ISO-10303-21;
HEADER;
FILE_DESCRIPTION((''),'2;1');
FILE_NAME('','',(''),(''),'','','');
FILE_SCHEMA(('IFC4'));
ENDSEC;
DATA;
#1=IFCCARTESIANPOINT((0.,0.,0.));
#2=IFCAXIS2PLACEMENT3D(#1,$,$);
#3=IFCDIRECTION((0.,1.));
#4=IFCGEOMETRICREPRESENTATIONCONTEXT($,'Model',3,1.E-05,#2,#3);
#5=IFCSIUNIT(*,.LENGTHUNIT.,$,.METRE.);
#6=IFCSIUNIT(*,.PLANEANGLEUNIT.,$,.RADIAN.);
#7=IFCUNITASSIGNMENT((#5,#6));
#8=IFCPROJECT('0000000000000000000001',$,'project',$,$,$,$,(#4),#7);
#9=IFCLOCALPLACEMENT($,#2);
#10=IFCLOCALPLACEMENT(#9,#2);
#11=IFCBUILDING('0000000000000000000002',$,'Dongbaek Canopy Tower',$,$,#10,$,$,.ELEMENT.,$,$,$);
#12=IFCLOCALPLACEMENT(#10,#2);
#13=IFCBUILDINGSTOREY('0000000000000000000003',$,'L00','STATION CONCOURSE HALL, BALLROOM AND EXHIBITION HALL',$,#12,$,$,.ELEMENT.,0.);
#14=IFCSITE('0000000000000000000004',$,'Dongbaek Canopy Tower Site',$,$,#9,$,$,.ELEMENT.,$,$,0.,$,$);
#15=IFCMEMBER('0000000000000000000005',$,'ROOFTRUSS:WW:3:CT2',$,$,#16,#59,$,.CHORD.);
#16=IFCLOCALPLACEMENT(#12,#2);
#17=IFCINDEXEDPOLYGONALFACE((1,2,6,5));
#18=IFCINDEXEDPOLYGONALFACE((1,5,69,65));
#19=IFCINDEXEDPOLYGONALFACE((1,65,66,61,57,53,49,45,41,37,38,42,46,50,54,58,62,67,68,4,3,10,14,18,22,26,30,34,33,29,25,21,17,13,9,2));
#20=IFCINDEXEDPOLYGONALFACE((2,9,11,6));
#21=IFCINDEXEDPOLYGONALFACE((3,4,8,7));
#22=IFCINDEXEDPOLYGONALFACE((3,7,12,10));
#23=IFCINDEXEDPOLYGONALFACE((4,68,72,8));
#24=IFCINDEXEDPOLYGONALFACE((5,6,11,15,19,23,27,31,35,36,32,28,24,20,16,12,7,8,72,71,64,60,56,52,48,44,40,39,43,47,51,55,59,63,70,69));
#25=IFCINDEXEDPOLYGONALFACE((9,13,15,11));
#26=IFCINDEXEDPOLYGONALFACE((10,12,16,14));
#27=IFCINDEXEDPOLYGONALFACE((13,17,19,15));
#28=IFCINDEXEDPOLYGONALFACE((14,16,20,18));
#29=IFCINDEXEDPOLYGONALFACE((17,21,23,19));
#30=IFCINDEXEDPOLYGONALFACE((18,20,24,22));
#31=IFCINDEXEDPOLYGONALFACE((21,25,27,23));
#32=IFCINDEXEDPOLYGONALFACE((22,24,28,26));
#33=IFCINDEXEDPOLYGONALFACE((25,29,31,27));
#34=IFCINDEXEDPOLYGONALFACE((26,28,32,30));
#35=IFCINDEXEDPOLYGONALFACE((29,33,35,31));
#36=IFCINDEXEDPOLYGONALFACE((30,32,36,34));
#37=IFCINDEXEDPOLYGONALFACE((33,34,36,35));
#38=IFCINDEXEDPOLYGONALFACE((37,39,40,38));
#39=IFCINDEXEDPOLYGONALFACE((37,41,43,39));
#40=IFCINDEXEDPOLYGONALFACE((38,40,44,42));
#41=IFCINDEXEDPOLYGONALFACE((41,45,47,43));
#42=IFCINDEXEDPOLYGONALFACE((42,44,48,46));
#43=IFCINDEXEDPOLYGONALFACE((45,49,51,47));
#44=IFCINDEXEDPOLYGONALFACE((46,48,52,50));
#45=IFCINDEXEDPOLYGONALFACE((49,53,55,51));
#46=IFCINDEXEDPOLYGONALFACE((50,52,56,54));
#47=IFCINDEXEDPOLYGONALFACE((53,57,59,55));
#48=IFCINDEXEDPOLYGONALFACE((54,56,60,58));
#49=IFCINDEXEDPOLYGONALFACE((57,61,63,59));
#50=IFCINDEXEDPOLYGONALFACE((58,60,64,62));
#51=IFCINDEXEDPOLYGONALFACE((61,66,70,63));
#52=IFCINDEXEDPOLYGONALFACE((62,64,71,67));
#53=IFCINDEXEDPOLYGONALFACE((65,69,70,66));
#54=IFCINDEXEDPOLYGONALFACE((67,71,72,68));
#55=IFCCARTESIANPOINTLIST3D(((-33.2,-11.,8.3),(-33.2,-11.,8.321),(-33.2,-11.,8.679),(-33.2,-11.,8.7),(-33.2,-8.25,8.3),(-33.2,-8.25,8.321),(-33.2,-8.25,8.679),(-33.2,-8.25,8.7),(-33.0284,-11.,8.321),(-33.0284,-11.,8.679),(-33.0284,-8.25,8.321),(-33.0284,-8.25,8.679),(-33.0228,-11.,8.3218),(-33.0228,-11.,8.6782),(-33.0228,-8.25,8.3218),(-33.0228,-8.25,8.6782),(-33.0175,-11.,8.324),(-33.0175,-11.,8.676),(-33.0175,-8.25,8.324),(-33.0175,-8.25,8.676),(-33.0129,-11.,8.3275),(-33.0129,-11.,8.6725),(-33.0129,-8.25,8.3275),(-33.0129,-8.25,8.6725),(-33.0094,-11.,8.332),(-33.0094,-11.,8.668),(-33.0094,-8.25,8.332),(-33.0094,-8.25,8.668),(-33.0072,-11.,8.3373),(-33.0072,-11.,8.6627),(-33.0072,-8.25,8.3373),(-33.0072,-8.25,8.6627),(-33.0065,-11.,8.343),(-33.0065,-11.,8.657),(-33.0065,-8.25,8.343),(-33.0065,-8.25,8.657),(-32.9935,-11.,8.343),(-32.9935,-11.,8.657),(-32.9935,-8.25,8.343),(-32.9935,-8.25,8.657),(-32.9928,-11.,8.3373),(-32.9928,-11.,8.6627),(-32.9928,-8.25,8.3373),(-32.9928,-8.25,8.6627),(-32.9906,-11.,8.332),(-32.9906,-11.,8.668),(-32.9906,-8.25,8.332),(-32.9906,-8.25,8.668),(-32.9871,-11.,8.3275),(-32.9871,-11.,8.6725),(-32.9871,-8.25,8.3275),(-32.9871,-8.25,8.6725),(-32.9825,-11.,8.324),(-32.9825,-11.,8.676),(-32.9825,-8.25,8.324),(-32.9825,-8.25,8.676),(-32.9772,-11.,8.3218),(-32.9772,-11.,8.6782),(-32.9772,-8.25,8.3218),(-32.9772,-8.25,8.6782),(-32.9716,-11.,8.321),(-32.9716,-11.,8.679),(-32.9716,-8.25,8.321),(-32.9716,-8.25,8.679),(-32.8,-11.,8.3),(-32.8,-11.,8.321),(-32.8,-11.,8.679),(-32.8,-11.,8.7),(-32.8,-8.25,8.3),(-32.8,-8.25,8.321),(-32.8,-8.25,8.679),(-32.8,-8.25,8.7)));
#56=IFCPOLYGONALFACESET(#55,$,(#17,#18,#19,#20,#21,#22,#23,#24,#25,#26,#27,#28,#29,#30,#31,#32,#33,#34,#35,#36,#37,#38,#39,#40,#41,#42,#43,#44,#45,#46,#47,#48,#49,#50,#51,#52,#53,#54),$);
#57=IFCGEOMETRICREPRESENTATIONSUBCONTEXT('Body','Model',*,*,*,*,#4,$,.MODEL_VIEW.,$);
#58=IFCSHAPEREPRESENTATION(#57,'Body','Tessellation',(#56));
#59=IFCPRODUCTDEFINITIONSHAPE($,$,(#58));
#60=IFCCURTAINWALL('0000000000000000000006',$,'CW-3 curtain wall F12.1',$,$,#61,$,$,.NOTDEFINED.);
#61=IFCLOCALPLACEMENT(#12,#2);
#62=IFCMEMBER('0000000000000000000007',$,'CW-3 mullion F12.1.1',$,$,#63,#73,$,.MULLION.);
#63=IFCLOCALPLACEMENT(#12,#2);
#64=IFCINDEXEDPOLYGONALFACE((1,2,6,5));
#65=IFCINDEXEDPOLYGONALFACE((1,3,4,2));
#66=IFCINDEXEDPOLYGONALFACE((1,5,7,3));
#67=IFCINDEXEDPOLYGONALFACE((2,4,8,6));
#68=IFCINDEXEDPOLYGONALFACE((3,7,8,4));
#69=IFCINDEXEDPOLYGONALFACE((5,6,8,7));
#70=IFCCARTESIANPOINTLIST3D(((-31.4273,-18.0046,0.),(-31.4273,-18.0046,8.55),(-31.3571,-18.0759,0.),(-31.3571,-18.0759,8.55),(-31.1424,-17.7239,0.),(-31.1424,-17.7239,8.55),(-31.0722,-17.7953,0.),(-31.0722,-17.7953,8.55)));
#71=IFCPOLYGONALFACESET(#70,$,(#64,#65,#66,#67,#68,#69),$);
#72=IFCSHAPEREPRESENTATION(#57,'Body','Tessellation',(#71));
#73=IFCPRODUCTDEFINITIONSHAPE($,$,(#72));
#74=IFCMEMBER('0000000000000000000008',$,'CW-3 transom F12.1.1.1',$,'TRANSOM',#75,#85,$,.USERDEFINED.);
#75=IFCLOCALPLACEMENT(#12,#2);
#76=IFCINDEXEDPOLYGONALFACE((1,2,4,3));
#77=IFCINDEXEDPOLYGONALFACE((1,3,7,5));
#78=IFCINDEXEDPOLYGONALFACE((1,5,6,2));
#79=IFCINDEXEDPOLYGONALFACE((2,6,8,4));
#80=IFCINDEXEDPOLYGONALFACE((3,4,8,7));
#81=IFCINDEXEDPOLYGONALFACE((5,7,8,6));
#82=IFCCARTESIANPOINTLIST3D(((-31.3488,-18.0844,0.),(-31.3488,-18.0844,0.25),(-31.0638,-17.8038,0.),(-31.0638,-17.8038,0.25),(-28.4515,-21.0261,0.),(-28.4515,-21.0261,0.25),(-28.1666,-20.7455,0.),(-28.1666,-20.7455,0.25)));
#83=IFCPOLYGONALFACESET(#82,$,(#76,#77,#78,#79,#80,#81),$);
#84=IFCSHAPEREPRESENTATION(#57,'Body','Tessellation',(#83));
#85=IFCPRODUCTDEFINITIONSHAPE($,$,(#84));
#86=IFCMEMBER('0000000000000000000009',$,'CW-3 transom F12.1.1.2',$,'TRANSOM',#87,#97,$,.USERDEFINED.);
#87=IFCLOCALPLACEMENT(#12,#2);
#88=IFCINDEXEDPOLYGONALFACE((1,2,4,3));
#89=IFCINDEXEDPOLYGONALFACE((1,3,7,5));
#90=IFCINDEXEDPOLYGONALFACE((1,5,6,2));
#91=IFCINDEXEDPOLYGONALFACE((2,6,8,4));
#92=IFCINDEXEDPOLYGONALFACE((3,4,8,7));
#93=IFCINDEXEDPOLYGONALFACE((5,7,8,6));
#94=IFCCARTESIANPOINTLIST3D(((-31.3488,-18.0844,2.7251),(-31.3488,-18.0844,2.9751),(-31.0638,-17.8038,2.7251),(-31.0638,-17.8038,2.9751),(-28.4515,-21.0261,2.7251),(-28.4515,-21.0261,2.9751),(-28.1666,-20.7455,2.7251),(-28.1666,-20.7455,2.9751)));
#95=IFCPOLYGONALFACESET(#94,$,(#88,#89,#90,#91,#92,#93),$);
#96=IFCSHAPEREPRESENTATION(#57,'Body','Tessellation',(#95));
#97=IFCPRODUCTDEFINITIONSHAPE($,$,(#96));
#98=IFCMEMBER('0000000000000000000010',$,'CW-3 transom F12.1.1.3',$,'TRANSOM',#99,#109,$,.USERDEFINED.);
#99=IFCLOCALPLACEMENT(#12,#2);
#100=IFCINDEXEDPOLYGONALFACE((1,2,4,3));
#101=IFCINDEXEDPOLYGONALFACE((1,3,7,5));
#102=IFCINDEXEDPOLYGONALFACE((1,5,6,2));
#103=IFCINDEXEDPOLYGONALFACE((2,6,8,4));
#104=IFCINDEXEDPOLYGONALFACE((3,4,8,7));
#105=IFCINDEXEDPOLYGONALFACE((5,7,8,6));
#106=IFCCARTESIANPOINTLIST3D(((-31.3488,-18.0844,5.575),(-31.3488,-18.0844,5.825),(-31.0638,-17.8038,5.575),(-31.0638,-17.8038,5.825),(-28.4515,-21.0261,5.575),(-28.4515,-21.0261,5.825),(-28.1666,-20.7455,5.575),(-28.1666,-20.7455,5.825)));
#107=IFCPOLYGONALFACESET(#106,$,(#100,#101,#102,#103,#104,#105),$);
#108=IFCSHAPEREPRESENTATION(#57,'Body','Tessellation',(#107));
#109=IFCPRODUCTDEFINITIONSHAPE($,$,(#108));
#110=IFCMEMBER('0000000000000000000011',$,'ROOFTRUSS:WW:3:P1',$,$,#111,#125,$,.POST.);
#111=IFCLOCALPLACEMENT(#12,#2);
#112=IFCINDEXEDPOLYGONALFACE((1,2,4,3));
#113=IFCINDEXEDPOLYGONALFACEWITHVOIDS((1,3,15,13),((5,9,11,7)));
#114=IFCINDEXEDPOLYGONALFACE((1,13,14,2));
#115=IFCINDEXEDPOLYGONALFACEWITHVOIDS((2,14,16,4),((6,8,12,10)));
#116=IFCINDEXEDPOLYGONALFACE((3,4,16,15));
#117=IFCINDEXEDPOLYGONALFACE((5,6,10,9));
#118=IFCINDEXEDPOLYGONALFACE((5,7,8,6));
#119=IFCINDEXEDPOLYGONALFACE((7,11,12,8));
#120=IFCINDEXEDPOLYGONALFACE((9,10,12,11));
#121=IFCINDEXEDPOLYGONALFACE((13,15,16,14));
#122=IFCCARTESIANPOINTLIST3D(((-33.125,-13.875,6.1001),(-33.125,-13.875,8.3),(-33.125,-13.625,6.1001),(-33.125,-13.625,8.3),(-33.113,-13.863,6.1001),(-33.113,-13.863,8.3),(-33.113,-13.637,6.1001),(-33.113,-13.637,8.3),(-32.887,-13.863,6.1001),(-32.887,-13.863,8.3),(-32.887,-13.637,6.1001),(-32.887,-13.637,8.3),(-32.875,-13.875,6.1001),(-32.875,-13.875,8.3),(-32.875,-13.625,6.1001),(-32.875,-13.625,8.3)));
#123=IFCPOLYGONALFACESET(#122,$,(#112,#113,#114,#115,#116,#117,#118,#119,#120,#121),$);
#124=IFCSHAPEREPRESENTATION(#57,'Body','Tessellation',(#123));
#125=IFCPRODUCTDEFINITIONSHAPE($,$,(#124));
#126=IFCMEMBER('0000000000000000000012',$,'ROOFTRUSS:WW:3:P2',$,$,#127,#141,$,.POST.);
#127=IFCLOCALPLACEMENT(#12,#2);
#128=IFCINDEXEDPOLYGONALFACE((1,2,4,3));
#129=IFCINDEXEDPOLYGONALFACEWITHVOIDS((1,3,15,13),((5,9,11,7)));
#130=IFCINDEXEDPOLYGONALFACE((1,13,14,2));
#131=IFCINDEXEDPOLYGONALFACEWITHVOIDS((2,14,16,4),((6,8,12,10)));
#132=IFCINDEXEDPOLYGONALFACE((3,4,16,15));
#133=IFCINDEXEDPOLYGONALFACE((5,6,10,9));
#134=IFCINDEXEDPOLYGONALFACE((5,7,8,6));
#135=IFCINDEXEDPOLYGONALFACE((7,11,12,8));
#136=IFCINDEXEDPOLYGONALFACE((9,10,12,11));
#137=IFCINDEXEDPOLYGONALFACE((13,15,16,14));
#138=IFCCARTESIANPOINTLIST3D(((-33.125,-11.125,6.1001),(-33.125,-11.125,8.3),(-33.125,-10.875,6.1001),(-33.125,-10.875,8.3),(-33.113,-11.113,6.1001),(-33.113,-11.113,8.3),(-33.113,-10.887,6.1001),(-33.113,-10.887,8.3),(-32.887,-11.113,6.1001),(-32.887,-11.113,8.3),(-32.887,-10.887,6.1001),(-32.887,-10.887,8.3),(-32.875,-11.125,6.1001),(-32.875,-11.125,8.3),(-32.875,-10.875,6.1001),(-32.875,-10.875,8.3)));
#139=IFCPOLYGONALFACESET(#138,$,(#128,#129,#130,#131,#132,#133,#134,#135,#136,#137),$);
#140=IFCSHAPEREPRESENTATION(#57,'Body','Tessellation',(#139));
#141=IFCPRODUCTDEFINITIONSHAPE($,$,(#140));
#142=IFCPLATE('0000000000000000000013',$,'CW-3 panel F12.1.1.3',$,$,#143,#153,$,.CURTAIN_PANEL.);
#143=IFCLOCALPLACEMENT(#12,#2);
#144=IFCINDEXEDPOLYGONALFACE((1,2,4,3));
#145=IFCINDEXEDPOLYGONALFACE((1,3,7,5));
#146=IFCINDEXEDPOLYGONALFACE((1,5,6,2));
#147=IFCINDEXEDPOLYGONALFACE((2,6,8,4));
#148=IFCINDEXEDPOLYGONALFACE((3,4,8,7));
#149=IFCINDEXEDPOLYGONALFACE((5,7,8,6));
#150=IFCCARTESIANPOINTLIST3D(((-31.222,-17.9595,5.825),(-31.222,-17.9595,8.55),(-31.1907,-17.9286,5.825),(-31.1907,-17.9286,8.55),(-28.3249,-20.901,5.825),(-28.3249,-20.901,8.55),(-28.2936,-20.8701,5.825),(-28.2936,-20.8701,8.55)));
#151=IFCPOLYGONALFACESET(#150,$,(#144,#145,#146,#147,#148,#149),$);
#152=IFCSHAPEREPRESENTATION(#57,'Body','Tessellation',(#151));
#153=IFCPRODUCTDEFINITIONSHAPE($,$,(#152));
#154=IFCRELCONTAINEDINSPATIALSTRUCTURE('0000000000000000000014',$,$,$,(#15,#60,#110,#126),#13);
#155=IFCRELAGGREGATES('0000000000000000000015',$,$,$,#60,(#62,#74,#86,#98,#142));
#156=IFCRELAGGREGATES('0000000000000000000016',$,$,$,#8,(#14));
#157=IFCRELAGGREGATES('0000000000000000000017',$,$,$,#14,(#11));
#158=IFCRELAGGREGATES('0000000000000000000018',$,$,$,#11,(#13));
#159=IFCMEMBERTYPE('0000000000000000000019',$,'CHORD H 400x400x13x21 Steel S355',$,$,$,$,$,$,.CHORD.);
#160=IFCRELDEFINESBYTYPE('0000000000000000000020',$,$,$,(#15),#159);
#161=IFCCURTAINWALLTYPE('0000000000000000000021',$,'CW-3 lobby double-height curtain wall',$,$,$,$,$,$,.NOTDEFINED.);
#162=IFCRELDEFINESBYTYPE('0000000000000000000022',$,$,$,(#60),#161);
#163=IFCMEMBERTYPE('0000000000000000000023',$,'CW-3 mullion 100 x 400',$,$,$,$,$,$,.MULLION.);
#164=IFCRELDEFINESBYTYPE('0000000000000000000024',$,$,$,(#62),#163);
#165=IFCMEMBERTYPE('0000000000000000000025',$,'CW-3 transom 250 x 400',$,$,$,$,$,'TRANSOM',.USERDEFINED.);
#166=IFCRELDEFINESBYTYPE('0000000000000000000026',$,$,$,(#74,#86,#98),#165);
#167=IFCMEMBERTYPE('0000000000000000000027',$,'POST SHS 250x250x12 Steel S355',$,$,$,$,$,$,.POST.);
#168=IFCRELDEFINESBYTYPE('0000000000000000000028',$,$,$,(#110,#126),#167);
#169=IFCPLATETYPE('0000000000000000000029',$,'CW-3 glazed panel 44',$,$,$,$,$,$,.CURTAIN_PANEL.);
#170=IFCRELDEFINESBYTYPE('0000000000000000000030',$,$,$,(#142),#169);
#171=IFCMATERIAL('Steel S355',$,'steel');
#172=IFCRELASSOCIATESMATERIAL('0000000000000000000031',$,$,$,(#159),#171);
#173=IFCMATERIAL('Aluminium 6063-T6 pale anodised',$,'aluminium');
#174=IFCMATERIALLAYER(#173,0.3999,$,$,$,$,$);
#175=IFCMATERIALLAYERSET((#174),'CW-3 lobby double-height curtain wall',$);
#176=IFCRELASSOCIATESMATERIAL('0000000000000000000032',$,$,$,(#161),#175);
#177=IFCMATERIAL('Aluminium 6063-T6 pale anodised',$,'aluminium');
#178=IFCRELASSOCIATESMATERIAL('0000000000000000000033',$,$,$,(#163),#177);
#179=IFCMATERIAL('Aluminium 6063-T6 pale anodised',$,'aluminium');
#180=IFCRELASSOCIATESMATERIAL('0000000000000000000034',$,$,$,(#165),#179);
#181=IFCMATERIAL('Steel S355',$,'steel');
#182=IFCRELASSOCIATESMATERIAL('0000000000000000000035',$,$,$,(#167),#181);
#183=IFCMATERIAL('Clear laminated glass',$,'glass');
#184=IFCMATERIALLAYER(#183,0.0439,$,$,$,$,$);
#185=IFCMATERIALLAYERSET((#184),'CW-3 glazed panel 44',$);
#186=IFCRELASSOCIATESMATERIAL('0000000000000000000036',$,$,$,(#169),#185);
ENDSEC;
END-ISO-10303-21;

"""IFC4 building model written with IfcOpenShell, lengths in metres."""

from ifc_helpers import new_model, si_unit, direction, frame, origin, origin_2d, place, context, subcontext, project, spatial, rectangle, hollow_rectangle, i_section, extrude, material, layer, layer_set, material_profile, profile_set, type_object, element, aggregate, save


model = new_model("IFC4")

# Units and contexts
model_context = context("Model", 3, precision=1e-05, world=origin(), true_north=direction((0.0, 1.0)))
body_context = subcontext(model_context, "Body", "Model", "MODEL_VIEW")
ifc_project = project(units=[si_unit("LENGTHUNIT", "METRE"), si_unit("PLANEANGLEUNIT", "RADIAN")], contexts=[model_context])

# Site, building, storey
site_placement = place(None, origin())
site = spatial("IfcSite", under=ifc_project, at=site_placement, Name="Dongbaek Canopy Tower Site", CompositionType="ELEMENT", RefElevation=0.0)
building_placement = place(site_placement, origin())
building = spatial("IfcBuilding", under=site, at=building_placement, Name="Dongbaek Canopy Tower", CompositionType="ELEMENT")
storey_placement = place(building_placement, origin())
storey = spatial("IfcBuildingStorey", under=building, at=storey_placement, Name="L00", Description="STATION CONCOURSE HALL, BALLROOM AND EXHIBITION HALL", CompositionType="ELEMENT", Elevation=0.0)

# Member
ifc_material_1 = material(Name="Steel S355", Category="steel")
ifc_material_profile_1 = material_profile(ifc_material_1, i_section(OverallWidth=0.3999, OverallDepth=0.3999, WebThickness=0.0129, FlangeThickness=0.021, FilletRadius=0.022, at=origin_2d()), Name="CHORD H 400x400x13x21 Steel S355")
ifc_profile_set_1 = profile_set([ifc_material_profile_1], Name="Steel S355")
member_type_1 = type_object("IfcMemberType", Name="CHORD H 400x400x13x21 Steel S355", PredefinedType="CHORD", material=ifc_profile_set_1)
for number, where, z_axis, x_axis, name in (
    (1, (-33.0, -11.0, 8.5), (0.0, 1.0, 0.0), (-1.0, 0.0, 0.0), "ROOFTRUSS:WW:3:CT2"),
):
    element("IfcMember", number, at=place(storey_placement, frame(where, z_axis=z_axis, x_axis=x_axis)), inside=storey, type_object=member_type_1, Name=name, PredefinedType="CHORD", context=body_context, shape_type="SweptSolid", body=[
        extrude(i_section(OverallWidth=0.3999, OverallDepth=0.3999, WebThickness=0.0129, FlangeThickness=0.021, FilletRadius=0.022, at=origin_2d()), origin(), (0.0, 0.0, 1.0), 2.75),
    ])

# Curtain wall, members
ifc_material_2 = material(Name="Aluminium 6063-T6 pale anodised", Category="aluminium")
ifc_layer_1 = layer(ifc_material_2, 0.3999)
ifc_layer_set_1 = layer_set([ifc_layer_1], Name="CW-3 lobby double-height curtain wall")
curtain_wall_type = type_object("IfcCurtainWallType", Name="CW-3 lobby double-height curtain wall", PredefinedType="NOTDEFINED", material=ifc_layer_set_1)
curtain_wall_placement = place(storey_placement, origin())
curtain_wall = element("IfcCurtainWall", 2, at=curtain_wall_placement, inside=storey, type_object=curtain_wall_type, Name="CW-3 curtain wall F12.1", PredefinedType="NOTDEFINED")
ifc_material_3 = material(Name="Aluminium 6063-T6 pale anodised", Category="aluminium")
ifc_material_profile_2 = material_profile(ifc_material_3, rectangle(XDim=0.3999, YDim=0.1001, at=origin_2d()), Name="CW-3 mullion 100 x 400")
ifc_profile_set_2 = profile_set([ifc_material_profile_2], Name="Aluminium 6063-T6 pale anodised")
member_type_2 = type_object("IfcMemberType", Name="CW-3 mullion 100 x 400", PredefinedType="MULLION", material=ifc_profile_set_2)
member_1_placement = place(storey_placement, frame((-31.2498, -17.8999, 0.0), z_axis=(0.0, 0.0, 1.0), x_axis=(-0.712455, -0.701718, 0.0)))
member_1 = element("IfcMember", 3, at=member_1_placement, type_object=member_type_2, Name="CW-3 mullion F12.1.1", PredefinedType="MULLION", context=body_context, shape_type="SweptSolid", body=[
    extrude(rectangle(XDim=0.3999, YDim=0.1001, at=origin_2d()), origin(), (0.0, 0.0, 1.0), 8.55),
])
ifc_material_4 = material(Name="Aluminium 6063-T6 pale anodised", Category="aluminium")
ifc_material_profile_3 = material_profile(ifc_material_4, rectangle(XDim=0.3999, YDim=0.25, at=origin_2d()), Name="CW-3 transom 250 x 400")
ifc_profile_set_3 = profile_set([ifc_material_profile_3], Name="Aluminium 6063-T6 pale anodised")
member_type_3 = type_object("IfcMemberType", Name="CW-3 transom 250 x 400", ElementType="TRANSOM", PredefinedType="USERDEFINED", material=ifc_profile_set_3)
member_2_placement = place(storey_placement, frame((-31.2063, -17.9441, 0.125), z_axis=(0.701705, -0.712467, 0.0), x_axis=(0.712467, 0.701705, 0.0)))
member_2 = element("IfcMember", 4, at=member_2_placement, type_object=member_type_3, Name="CW-3 transom F12.1.1.1", ObjectType="TRANSOM", PredefinedType="USERDEFINED", context=body_context, shape_type="SweptSolid", body=[
    extrude(rectangle(XDim=0.3999, YDim=0.25, at=origin_2d()), origin(), (0.0, 0.0, 1.0), 4.1289),
])
member_3_placement = place(storey_placement, frame((-31.2063, -17.9441, 2.8501), z_axis=(0.701705, -0.712467, 0.0), x_axis=(0.712467, 0.701705, 0.0)))
member_3 = element("IfcMember", 5, at=member_3_placement, type_object=member_type_3, Name="CW-3 transom F12.1.1.2", ObjectType="TRANSOM", PredefinedType="USERDEFINED", context=body_context, shape_type="SweptSolid", body=[
    extrude(rectangle(XDim=0.3999, YDim=0.25, at=origin_2d()), origin(), (0.0, 0.0, 1.0), 4.1289),
])
member_4_placement = place(storey_placement, frame((-31.2063, -17.9441, 5.7), z_axis=(0.701705, -0.712467, 0.0), x_axis=(0.712467, 0.701705, 0.0)))
member_4 = element("IfcMember", 6, at=member_4_placement, type_object=member_type_3, Name="CW-3 transom F12.1.1.3", ObjectType="TRANSOM", PredefinedType="USERDEFINED", context=body_context, shape_type="SweptSolid", body=[
    extrude(rectangle(XDim=0.3999, YDim=0.25, at=origin_2d()), origin(), (0.0, 0.0, 1.0), 4.1289),
])

# Members
ifc_material_5 = material(Name="Steel S355", Category="steel")
ifc_material_profile_4 = material_profile(ifc_material_5, hollow_rectangle(XDim=0.25, YDim=0.25, WallThickness=0.012, at=origin_2d()), Name="POST SHS 250x250x12 Steel S355")
ifc_profile_set_4 = profile_set([ifc_material_profile_4], Name="Steel S355")
member_type_4 = type_object("IfcMemberType", Name="POST SHS 250x250x12 Steel S355", PredefinedType="POST", material=ifc_profile_set_4)
for number, where, z_axis, x_axis, name in (
    (7, (-33.0, -13.75, 6.1001), (0.0, 0.0, 1.0), (1.0, 0.0, 0.0), "ROOFTRUSS:WW:3:P1"),
    (8, (-33.0, -11.0, 6.1001), (0.0, 0.0, 1.0), (1.0, 0.0, 0.0), "ROOFTRUSS:WW:3:P2"),
):
    element("IfcMember", number, at=place(storey_placement, frame(where, z_axis=z_axis, x_axis=x_axis)), inside=storey, type_object=member_type_4, Name=name, PredefinedType="POST", context=body_context, shape_type="SweptSolid", body=[
        extrude(hollow_rectangle(XDim=0.25, YDim=0.25, WallThickness=0.012, at=origin_2d()), origin(), (0.0, 0.0, 1.0), 2.2),
    ])

# Plate
ifc_material_6 = material(Name="Clear laminated glass", Category="glass")
ifc_layer_2 = layer(ifc_material_6, 0.0439)
ifc_layer_set_2 = layer_set([ifc_layer_2], Name="CW-3 glazed panel 44")
plate_type = type_object("IfcPlateType", Name="CW-3 glazed panel 44", PredefinedType="CURTAIN_PANEL", material=ifc_layer_set_2)
plate_placement = place(storey_placement, frame((-29.7578, -19.4148, 5.825), z_axis=(0.0, 0.0, 1.0), x_axis=(0.701718, -0.712455, 0.0)))
plate = element("IfcPlate", 9, at=plate_placement, type_object=plate_type, Name="CW-3 panel F12.1.1.3", PredefinedType="CURTAIN_PANEL", context=body_context, shape_type="SweptSolid", body=[
    extrude(rectangle(XDim=4.1287, YDim=0.0439, at=origin_2d()), origin(), (0.0, 0.0, 1.0), 2.7251),
])
aggregate(curtain_wall, [member_1, member_2, member_3, member_4, plate])

save(model, "model.ifc")
